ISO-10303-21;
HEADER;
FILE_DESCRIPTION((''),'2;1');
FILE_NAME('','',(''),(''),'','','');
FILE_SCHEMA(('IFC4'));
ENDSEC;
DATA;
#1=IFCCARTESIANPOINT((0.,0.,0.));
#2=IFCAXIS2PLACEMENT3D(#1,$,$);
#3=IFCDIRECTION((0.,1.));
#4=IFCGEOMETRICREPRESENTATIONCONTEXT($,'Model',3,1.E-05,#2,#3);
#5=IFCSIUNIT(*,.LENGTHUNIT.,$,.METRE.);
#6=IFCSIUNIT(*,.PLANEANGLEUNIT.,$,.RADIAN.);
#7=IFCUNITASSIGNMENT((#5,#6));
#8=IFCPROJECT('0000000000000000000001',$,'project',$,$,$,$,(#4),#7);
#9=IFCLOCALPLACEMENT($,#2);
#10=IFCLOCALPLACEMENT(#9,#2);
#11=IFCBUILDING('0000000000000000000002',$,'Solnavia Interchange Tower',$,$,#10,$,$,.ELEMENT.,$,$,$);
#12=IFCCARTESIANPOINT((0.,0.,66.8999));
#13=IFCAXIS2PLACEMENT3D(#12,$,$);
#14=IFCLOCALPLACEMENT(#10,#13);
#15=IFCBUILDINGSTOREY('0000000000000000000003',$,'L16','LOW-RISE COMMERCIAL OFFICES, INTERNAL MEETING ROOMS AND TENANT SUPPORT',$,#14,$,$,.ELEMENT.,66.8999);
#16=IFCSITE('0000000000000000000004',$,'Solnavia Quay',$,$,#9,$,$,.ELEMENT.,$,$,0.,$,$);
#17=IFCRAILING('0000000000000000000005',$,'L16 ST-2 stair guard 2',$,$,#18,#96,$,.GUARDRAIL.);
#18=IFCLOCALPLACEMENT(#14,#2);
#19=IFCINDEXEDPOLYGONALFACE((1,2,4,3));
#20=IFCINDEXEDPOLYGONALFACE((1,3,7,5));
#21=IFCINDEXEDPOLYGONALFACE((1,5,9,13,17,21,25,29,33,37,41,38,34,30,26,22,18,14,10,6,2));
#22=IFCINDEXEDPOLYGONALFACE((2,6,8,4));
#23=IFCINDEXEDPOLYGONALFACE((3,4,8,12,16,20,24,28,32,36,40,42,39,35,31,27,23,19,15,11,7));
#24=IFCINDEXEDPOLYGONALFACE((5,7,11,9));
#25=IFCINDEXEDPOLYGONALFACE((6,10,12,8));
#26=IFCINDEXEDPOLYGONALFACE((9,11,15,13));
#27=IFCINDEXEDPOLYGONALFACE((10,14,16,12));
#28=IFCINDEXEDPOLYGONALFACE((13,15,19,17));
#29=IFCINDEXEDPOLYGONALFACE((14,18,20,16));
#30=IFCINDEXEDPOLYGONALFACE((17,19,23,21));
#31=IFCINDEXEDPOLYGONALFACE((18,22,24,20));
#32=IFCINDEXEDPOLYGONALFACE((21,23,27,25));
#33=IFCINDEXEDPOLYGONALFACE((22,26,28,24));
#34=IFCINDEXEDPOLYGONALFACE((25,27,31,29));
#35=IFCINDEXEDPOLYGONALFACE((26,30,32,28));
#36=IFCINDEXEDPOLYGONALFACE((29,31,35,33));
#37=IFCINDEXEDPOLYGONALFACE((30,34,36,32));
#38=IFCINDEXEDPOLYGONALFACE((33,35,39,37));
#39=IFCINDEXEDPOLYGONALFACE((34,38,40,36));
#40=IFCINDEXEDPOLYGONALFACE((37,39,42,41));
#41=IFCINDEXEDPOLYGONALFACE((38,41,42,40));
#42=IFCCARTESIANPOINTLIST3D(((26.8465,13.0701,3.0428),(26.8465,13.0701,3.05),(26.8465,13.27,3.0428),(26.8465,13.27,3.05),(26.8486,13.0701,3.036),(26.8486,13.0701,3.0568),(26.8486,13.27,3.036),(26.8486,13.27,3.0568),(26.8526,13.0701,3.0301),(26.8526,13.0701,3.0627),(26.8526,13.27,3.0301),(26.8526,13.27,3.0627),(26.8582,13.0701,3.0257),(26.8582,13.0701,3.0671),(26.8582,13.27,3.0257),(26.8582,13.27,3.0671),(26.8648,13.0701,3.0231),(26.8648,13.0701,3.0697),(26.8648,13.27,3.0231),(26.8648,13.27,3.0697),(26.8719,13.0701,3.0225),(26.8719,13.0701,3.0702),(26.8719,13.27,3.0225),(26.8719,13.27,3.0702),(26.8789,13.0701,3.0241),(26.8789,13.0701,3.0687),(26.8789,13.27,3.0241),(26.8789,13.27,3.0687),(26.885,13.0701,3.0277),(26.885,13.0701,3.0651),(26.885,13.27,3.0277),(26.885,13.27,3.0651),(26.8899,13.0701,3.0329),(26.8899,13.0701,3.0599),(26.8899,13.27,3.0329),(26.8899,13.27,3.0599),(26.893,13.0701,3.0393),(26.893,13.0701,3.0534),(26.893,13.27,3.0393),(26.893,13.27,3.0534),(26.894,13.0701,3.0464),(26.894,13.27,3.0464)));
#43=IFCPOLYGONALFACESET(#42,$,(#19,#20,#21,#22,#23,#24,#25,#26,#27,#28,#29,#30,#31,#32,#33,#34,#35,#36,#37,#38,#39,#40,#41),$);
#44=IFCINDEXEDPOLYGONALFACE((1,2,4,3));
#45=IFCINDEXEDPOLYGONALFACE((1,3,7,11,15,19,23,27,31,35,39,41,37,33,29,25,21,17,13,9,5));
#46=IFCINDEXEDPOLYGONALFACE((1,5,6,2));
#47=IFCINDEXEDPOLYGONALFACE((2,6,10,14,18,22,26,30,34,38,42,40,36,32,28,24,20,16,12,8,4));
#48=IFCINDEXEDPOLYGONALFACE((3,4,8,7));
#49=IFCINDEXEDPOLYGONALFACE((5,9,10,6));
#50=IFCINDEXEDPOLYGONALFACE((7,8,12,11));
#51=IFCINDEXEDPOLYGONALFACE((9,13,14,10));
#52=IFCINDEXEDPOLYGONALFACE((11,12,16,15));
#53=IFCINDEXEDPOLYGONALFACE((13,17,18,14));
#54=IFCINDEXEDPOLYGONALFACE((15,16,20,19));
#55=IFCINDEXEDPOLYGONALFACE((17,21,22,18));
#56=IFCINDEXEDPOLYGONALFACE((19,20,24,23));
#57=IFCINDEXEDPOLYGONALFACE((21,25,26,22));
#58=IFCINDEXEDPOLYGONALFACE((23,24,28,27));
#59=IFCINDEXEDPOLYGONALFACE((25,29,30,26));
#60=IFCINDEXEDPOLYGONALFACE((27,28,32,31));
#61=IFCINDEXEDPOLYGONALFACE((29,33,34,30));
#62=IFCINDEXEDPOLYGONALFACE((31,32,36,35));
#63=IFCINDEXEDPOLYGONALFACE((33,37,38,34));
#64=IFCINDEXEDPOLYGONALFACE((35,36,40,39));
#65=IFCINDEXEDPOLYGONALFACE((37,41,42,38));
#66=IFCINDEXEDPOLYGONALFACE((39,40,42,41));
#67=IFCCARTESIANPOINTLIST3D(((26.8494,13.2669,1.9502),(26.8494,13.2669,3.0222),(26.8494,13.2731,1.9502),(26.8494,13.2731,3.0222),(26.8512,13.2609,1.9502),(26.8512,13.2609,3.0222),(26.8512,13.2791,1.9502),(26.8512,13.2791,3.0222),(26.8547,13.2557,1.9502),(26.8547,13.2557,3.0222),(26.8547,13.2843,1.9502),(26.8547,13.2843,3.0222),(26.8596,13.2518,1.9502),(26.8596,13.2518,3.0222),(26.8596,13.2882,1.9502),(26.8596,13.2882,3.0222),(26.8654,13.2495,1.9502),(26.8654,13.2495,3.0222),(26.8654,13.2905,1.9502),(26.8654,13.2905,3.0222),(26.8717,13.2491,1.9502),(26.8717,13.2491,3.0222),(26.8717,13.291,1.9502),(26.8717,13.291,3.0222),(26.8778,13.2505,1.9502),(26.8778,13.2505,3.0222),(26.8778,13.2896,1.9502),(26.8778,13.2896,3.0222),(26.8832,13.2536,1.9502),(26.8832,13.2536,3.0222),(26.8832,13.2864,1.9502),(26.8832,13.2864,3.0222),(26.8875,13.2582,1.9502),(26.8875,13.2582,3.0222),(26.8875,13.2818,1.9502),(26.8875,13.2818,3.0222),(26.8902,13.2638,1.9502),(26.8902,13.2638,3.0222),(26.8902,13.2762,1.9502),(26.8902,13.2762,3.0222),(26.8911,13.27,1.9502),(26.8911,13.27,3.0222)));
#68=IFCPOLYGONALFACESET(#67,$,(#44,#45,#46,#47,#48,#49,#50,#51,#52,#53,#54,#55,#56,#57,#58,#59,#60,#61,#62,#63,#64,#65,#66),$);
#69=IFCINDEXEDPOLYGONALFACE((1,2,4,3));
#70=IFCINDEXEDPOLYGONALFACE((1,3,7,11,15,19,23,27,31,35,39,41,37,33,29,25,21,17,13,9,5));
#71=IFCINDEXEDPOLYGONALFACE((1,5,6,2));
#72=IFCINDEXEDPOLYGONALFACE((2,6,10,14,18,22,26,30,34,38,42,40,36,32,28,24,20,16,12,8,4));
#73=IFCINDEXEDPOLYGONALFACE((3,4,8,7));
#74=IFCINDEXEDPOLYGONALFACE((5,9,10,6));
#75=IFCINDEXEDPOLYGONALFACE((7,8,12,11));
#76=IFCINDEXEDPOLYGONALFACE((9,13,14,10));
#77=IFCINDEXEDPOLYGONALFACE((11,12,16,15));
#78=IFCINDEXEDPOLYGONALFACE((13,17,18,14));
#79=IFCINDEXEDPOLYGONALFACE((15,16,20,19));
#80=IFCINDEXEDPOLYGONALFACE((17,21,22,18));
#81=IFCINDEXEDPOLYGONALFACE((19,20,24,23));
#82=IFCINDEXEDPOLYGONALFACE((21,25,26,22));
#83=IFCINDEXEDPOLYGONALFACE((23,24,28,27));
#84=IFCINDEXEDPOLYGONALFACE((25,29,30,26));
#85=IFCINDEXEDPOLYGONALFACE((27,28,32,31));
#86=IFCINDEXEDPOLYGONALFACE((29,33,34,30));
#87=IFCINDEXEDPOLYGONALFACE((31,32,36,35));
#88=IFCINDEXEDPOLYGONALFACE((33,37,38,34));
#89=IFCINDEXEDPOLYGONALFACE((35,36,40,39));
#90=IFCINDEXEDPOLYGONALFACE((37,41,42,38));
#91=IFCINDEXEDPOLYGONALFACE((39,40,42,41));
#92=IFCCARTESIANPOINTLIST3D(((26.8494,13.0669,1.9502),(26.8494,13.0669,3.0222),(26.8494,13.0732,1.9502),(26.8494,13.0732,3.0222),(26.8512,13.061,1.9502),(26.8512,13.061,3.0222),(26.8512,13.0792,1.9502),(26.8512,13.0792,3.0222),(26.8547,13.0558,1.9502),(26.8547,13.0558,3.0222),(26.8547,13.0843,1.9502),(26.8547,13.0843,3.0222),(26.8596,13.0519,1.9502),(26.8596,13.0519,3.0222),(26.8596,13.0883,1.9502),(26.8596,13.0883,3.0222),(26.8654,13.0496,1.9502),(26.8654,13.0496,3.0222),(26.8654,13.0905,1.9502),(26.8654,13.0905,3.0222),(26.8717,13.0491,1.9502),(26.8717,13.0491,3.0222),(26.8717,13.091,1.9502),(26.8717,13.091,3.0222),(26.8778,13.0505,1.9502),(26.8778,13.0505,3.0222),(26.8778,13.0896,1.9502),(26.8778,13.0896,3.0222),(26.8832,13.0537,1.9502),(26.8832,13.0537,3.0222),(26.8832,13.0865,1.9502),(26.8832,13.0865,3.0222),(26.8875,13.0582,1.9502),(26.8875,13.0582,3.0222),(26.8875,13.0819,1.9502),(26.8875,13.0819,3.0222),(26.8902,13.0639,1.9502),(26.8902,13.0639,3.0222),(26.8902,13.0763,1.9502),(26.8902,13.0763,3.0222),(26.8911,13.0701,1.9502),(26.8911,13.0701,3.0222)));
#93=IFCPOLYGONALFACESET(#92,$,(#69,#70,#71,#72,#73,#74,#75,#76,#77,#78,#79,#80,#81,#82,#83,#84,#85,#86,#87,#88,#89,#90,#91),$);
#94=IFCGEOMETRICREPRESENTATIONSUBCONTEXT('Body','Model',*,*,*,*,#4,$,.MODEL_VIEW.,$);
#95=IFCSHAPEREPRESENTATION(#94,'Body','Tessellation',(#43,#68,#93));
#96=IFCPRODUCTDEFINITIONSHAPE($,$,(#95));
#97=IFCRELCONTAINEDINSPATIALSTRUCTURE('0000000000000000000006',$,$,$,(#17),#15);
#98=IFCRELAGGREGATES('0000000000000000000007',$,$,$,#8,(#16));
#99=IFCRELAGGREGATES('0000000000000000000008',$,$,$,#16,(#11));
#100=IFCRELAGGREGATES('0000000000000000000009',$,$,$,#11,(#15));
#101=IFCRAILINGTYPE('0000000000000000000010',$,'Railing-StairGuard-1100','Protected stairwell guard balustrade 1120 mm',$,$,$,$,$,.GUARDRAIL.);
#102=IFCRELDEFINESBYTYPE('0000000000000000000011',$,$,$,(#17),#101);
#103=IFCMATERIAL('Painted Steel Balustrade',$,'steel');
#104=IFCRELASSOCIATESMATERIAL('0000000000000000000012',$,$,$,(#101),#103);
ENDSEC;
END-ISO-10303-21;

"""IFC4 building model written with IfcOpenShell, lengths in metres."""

from ifc_helpers import new_model, si_unit, direction, frame, origin, origin_2d, place, context, subcontext, project, spatial, circle, extrude, material, type_object, element, save


model = new_model("IFC4")

# Units and contexts
model_context = context("Model", 3, precision=1e-05, world=origin(), true_north=direction((0.0, 1.0)))
body_context = subcontext(model_context, "Body", "Model", "MODEL_VIEW")
ifc_project = project(units=[si_unit("LENGTHUNIT", "METRE"), si_unit("PLANEANGLEUNIT", "RADIAN")], contexts=[model_context])

# Site, building, storey
site_placement = place(None, origin())
site = spatial("IfcSite", under=ifc_project, at=site_placement, Name="Solnavia Quay", CompositionType="ELEMENT", RefElevation=0.0)
building_placement = place(site_placement, origin())
building = spatial("IfcBuilding", under=site, at=building_placement, Name="Solnavia Interchange Tower", CompositionType="ELEMENT")
storey_placement = place(building_placement, frame((0.0, 0.0, 66.8999)))
storey = spatial("IfcBuildingStorey", under=building, at=storey_placement, Name="L16", Description="LOW-RISE COMMERCIAL OFFICES, INTERNAL MEETING ROOMS AND TENANT SUPPORT", CompositionType="ELEMENT", Elevation=66.8999)

# Railing
ifc_material_1 = material(Name="Painted Steel Balustrade", Category="steel")
railing_type_1 = type_object("IfcRailingType", Name="Railing-StairGuard-1100", Description="Protected stairwell guard balustrade 1120 mm", PredefinedType="GUARDRAIL", material=ifc_material_1)
railing_1_placement = place(storey_placement, frame((26.8701, 13.27, 1.9502)))
element("IfcRailing", 1, at=railing_1_placement, inside=storey, type_object=railing_type_1, Name="L16 ST-2 stair guard 2", PredefinedType="GUARDRAIL", context=body_context, shape_type="SweptSolid", body=[
    extrude(circle(Radius=0.0239, at=origin_2d()), frame((0.0, 0.0, 1.0962), z_axis=(0.0, -1.0, 0.0), x_axis=(1.0, 0.0, 0.0)), (0.0, 0.0, 1.0), 0.2),
    extrude(circle(Radius=0.021, at=origin_2d()), origin(), (0.0, 0.0, 1.0), 1.072),
    extrude(circle(Radius=0.021, at=origin_2d()), frame((0.0, -0.2, 0.0)), (0.0, 0.0, 1.0), 1.072),
])

save(model, "model.ifc")
